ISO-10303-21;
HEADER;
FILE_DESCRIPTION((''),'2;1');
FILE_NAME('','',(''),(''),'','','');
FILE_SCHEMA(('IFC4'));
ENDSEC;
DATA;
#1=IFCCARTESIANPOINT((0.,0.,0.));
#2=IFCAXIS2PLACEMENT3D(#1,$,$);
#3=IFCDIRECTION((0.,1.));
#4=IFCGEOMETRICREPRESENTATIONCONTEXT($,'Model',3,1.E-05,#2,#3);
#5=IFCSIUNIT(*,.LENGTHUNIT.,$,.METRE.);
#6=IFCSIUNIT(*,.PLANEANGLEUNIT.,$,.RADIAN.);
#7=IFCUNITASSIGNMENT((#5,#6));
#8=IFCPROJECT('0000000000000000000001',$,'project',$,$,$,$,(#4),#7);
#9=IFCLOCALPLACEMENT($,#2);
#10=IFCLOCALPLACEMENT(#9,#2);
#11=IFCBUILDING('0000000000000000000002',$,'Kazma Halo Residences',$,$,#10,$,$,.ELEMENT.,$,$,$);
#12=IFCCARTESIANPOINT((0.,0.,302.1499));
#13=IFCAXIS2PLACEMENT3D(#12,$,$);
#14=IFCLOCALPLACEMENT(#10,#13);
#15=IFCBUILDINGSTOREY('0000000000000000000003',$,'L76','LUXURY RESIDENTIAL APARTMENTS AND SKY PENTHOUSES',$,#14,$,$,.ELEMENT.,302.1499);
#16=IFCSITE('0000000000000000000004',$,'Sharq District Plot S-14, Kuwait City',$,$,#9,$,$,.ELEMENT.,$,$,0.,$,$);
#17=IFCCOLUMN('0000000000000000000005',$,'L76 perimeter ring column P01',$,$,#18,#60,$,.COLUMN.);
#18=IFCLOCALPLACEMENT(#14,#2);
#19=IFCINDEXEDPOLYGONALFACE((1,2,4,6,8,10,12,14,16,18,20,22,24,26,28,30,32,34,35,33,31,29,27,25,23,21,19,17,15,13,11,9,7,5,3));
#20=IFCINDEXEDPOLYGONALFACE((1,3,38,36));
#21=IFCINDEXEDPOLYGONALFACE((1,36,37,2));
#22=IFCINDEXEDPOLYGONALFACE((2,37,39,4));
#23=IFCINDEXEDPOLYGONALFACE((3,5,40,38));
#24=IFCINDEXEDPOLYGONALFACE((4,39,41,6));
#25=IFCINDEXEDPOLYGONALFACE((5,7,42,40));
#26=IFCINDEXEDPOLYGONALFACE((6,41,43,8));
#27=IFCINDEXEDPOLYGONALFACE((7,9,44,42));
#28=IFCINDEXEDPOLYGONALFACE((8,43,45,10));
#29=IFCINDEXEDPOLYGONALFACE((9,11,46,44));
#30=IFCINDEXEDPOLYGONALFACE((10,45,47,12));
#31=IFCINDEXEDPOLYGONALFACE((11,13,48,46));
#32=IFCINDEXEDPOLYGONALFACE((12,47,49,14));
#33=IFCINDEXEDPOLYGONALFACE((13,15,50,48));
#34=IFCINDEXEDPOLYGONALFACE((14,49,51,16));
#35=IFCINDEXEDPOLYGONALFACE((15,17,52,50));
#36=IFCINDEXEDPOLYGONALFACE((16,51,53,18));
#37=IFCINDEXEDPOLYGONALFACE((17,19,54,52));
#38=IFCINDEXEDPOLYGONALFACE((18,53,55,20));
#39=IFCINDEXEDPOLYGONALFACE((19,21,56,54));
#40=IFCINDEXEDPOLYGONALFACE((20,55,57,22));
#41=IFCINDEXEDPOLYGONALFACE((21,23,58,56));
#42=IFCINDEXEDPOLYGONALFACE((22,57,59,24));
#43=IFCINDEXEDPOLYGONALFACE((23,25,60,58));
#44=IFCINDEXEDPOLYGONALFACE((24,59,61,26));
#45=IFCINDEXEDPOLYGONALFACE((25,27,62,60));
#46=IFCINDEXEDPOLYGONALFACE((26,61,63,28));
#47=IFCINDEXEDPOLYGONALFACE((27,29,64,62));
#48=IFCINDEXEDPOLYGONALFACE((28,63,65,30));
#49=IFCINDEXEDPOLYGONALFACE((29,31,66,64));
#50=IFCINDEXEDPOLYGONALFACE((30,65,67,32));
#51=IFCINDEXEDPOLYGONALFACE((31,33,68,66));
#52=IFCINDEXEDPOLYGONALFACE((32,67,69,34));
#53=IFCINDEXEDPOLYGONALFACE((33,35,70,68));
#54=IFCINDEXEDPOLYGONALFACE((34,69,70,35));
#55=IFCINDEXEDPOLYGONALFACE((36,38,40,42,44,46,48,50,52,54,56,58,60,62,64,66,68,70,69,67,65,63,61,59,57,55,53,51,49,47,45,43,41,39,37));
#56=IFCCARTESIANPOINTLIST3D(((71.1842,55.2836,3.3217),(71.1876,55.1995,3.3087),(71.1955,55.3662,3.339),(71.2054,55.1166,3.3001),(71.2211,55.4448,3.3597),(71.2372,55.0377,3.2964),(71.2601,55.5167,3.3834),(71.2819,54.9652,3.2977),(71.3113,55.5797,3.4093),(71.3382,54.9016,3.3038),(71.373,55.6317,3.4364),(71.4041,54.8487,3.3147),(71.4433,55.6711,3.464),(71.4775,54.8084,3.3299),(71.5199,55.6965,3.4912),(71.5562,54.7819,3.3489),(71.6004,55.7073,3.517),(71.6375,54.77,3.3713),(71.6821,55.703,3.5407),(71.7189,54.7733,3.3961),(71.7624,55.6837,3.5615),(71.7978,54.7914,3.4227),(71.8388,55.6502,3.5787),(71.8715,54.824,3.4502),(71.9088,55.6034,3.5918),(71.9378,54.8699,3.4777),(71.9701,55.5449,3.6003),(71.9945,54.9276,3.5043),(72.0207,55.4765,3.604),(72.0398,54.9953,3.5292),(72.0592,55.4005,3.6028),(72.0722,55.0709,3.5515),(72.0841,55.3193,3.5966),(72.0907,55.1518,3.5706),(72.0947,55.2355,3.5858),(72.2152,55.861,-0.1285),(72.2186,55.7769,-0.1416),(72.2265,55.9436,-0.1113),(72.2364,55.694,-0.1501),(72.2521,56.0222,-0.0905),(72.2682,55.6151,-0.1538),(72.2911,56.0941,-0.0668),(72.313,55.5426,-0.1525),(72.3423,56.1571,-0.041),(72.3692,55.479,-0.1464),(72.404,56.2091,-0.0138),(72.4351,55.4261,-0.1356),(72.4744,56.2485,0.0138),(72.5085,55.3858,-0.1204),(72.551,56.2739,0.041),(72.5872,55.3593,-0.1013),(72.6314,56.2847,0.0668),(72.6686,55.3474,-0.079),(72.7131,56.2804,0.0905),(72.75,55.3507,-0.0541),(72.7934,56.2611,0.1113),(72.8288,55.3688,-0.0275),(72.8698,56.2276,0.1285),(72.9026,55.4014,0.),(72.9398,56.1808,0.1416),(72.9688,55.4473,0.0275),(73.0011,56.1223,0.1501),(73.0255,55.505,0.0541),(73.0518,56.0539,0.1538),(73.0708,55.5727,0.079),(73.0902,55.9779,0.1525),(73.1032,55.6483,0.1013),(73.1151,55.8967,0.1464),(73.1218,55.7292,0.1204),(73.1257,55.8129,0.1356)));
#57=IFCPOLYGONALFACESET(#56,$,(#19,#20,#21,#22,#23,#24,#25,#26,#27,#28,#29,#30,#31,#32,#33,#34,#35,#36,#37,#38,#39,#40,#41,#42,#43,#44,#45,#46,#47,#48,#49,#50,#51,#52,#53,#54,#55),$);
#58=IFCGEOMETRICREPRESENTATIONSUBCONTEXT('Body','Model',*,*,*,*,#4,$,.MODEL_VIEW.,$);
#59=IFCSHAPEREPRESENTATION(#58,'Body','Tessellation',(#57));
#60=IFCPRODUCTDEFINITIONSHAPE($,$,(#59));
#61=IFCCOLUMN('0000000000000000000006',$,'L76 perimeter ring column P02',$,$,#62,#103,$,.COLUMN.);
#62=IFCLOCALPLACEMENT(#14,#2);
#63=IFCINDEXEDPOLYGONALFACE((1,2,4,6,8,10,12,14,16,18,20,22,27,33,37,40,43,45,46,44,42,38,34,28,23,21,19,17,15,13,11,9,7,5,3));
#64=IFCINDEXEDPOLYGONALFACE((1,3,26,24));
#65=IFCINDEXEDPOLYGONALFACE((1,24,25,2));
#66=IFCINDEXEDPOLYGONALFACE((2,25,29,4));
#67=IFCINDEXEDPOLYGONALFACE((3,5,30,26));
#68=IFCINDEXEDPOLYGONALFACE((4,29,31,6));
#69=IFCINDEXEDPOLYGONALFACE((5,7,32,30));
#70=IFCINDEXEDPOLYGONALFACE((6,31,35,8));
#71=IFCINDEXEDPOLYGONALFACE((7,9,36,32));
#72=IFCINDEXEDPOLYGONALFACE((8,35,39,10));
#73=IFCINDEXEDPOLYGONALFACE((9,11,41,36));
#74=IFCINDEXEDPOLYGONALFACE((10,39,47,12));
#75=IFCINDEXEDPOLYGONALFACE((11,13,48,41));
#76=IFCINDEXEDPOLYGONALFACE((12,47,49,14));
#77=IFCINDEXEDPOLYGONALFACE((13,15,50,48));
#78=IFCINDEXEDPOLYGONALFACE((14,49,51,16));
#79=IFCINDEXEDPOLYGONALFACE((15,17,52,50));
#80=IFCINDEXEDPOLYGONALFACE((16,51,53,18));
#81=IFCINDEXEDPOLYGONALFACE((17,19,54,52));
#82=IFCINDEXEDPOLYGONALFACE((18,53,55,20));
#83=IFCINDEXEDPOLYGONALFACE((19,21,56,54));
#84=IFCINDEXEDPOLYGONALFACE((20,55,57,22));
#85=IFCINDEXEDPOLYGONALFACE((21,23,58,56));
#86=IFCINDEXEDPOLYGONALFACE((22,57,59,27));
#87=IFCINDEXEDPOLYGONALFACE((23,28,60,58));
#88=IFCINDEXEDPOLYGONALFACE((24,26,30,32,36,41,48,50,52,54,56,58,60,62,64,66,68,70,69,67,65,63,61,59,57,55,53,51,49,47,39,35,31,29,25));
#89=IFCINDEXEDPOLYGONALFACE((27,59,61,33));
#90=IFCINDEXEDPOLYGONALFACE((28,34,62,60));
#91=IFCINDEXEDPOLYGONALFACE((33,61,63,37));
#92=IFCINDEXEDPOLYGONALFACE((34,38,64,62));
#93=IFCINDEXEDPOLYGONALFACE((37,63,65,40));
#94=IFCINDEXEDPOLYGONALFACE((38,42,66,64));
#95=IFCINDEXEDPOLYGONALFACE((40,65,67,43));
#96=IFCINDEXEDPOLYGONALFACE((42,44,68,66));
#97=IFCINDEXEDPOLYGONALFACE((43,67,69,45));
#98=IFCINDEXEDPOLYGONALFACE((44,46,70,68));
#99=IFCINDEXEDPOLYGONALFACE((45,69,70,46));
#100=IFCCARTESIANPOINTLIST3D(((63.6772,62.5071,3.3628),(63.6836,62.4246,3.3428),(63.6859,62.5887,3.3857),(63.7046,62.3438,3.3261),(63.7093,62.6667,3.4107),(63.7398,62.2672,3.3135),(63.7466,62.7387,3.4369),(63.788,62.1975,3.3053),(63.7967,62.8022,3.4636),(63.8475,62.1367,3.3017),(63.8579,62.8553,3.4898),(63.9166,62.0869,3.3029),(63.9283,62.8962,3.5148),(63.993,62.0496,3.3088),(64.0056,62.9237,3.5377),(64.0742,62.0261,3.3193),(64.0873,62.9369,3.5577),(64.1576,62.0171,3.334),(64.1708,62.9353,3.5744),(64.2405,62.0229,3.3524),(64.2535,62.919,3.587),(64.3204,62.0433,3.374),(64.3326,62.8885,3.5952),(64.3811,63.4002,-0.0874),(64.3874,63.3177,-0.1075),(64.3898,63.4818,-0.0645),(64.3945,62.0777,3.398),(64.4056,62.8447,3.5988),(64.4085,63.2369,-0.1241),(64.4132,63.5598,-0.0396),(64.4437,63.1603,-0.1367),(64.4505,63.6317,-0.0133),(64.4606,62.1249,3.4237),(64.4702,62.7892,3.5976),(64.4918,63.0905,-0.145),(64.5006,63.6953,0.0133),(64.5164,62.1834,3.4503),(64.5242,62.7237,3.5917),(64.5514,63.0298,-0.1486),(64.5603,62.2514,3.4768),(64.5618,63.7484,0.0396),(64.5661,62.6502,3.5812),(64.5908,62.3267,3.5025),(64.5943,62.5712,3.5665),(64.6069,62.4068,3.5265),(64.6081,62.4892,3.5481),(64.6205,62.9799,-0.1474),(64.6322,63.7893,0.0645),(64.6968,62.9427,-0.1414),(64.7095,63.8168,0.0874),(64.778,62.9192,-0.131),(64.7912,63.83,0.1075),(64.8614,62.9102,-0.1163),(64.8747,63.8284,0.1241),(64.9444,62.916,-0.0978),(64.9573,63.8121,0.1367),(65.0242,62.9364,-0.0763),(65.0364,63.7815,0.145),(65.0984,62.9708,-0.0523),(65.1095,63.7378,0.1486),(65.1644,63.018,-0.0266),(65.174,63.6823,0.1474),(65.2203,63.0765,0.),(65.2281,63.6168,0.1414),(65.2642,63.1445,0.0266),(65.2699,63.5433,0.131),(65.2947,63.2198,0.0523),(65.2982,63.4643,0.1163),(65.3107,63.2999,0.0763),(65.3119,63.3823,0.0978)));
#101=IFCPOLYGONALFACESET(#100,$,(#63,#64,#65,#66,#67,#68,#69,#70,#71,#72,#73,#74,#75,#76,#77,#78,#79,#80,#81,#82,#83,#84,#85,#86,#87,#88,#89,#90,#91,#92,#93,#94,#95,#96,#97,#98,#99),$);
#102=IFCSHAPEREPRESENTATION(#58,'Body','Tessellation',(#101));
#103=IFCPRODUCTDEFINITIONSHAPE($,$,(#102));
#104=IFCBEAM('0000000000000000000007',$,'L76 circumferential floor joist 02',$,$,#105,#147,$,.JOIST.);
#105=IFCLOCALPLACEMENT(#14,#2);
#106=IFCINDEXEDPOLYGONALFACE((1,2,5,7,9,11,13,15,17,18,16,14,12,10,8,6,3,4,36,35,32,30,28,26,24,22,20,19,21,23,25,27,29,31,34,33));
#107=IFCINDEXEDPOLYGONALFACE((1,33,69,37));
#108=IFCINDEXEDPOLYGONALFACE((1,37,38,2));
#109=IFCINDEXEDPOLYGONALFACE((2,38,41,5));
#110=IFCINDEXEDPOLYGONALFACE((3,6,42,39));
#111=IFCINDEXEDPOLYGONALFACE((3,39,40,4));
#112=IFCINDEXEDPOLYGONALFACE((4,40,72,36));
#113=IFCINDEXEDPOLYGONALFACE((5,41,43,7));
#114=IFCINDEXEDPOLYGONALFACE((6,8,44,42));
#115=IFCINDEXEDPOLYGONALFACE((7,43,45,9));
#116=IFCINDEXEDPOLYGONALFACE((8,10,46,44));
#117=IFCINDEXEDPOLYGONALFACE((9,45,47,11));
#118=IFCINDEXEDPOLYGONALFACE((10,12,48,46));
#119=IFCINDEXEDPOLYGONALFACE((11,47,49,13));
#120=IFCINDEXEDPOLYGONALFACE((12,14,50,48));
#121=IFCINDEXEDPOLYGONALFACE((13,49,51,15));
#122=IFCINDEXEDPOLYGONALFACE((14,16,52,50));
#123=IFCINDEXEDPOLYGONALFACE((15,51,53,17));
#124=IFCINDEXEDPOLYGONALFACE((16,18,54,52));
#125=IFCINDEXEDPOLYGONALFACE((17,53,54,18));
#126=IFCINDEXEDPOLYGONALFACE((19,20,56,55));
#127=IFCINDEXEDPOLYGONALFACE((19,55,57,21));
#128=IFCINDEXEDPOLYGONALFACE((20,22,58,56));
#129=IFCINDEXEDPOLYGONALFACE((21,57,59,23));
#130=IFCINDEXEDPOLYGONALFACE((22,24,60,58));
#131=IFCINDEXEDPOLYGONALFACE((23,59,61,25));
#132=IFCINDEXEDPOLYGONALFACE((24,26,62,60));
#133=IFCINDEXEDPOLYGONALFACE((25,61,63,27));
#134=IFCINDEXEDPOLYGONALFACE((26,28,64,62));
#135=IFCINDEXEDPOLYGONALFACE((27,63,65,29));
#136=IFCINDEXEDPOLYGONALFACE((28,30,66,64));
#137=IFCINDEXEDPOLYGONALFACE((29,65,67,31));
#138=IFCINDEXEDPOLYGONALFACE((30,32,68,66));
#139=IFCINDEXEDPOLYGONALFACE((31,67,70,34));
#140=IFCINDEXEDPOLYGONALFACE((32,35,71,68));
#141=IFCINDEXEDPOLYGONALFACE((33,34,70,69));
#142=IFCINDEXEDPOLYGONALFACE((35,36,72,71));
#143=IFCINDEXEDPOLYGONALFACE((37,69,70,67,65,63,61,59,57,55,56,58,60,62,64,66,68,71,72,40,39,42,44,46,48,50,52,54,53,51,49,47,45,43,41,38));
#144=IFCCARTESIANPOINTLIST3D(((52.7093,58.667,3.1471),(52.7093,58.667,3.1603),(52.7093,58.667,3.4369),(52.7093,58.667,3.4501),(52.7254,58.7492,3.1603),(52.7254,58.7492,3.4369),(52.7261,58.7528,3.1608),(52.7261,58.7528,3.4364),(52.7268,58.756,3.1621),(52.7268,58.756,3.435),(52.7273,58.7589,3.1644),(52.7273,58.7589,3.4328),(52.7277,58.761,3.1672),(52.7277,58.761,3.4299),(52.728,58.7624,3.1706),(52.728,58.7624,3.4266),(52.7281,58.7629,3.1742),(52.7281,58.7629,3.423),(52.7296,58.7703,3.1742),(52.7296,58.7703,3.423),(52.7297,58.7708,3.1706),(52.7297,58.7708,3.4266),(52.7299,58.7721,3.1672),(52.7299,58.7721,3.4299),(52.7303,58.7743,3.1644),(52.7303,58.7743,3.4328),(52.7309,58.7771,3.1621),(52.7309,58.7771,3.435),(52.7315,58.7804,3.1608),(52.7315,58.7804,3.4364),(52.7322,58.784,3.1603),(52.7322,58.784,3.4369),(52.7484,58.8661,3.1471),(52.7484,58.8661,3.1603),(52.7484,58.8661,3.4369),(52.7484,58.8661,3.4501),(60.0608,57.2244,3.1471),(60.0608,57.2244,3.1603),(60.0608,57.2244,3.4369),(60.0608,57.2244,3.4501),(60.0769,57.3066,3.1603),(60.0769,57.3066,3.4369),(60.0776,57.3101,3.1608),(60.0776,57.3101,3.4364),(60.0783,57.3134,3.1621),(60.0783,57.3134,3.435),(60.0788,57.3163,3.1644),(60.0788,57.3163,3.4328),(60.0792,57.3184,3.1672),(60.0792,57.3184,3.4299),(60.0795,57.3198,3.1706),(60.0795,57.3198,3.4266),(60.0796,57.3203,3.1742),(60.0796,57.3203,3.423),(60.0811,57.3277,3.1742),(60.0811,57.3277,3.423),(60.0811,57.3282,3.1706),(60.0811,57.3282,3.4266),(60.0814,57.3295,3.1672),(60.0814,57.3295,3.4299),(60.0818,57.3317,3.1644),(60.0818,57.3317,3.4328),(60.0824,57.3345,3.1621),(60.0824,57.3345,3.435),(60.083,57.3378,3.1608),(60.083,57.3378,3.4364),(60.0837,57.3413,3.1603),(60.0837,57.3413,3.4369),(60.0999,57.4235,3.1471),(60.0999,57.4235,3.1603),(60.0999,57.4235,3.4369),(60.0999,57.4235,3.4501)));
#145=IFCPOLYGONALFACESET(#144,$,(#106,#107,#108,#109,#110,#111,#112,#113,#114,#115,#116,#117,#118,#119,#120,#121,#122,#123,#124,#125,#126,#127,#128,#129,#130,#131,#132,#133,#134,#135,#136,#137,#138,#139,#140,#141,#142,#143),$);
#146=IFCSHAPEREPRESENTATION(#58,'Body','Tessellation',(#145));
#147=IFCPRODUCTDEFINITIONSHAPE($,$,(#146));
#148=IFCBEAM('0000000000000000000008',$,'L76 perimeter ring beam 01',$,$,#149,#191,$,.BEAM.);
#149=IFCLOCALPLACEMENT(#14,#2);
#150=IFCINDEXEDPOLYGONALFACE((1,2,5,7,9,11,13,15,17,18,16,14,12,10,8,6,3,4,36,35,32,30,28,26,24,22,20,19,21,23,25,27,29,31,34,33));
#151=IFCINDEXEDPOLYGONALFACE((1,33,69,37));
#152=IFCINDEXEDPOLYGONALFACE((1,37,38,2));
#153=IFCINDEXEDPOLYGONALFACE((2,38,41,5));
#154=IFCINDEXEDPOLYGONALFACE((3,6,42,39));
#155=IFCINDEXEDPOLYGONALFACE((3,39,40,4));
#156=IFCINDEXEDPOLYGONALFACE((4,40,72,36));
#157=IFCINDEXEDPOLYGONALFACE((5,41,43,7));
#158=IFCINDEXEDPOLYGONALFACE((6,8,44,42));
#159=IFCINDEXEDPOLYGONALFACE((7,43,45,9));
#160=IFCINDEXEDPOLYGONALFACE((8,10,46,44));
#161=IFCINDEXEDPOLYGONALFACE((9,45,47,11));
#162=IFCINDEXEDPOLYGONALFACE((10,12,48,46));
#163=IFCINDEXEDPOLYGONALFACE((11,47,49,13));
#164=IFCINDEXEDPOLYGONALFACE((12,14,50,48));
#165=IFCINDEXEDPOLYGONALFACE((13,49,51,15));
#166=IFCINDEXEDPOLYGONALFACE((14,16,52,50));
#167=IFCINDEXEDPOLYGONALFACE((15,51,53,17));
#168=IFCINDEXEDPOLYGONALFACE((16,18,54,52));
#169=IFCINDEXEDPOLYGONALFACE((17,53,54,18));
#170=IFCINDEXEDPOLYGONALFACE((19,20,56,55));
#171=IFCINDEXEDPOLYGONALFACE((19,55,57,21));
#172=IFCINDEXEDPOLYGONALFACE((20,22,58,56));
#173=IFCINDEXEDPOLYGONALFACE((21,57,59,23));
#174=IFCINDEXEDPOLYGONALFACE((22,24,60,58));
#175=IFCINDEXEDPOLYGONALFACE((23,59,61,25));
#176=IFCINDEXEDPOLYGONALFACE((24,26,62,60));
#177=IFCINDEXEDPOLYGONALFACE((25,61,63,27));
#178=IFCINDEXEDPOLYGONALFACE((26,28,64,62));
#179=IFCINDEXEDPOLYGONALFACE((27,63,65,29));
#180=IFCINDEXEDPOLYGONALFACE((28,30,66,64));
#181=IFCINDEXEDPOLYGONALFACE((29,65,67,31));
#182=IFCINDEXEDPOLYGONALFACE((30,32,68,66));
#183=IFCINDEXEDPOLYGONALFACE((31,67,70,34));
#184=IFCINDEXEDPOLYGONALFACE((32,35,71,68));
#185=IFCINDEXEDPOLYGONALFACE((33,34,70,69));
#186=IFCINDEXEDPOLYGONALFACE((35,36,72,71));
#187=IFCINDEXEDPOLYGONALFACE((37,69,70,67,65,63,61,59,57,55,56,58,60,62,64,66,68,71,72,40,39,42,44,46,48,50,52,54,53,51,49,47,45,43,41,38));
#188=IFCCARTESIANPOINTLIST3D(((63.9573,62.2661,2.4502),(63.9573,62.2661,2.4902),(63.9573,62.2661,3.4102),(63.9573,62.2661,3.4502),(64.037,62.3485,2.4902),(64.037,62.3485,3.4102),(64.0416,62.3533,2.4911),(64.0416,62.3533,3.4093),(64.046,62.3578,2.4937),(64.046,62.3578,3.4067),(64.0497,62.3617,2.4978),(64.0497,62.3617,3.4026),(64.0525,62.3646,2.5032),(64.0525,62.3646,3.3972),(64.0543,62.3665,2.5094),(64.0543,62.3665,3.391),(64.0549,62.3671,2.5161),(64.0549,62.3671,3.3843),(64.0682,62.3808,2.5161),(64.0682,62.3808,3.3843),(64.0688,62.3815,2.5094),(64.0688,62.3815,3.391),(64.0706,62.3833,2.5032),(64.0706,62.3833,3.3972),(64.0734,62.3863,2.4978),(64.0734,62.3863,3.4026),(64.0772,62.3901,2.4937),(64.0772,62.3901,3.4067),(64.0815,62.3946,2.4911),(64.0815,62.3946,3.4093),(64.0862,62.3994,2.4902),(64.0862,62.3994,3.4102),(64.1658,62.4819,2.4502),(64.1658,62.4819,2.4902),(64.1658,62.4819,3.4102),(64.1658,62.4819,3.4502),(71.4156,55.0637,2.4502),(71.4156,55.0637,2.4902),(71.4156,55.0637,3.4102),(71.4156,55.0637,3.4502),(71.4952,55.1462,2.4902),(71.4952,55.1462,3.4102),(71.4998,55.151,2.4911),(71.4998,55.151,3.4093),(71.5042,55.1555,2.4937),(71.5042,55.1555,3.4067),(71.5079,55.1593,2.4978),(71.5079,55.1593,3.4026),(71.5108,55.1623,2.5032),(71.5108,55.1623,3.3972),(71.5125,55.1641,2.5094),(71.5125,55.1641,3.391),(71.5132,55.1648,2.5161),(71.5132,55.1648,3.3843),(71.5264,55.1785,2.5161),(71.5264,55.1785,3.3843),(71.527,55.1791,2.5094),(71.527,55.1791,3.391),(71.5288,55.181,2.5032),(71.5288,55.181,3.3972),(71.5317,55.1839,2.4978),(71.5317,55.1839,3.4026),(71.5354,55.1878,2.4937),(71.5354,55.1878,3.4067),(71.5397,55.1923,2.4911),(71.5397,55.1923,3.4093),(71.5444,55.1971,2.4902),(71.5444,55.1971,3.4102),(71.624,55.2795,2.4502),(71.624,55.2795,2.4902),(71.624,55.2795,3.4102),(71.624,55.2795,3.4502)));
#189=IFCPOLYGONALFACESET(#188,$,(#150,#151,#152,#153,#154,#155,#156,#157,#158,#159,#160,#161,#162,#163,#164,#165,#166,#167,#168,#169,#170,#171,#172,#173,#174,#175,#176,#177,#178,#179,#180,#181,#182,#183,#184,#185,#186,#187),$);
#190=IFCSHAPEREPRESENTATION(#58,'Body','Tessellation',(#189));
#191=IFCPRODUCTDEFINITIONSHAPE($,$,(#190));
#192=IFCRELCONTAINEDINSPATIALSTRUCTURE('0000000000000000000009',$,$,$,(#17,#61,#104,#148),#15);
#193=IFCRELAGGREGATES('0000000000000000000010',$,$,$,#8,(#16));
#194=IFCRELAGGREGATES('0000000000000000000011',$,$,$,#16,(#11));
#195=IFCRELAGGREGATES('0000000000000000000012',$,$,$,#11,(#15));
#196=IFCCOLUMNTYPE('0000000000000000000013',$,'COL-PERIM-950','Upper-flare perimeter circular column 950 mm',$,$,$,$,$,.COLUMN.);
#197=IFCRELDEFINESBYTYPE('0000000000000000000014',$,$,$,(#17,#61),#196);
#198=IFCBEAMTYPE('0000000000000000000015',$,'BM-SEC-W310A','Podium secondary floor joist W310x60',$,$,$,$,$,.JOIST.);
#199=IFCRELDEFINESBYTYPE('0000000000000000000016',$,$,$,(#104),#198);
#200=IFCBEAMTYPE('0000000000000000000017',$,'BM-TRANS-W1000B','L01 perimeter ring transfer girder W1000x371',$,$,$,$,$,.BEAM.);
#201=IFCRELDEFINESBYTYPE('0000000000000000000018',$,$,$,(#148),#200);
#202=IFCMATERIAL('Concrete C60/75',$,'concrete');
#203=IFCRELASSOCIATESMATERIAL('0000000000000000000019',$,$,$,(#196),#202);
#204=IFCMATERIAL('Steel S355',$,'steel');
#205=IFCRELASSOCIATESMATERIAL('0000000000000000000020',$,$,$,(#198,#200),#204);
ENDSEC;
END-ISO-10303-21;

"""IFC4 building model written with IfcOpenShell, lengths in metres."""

from ifc_helpers import new_model, si_unit, direction, frame, origin, origin_2d, place, context, subcontext, project, spatial, circle, i_section, extrude, material, material_profile, profile_set, type_object, element, save


model = new_model("IFC4")

# Units and contexts
model_context = context("Model", 3, precision=1e-05, world=origin(), true_north=direction((0.0, 1.0)))
body_context = subcontext(model_context, "Body", "Model", "MODEL_VIEW")
ifc_project = project(units=[si_unit("LENGTHUNIT", "METRE"), si_unit("PLANEANGLEUNIT", "RADIAN")], contexts=[model_context])

# Site, building, storey
site_placement = place(None, origin())
site = spatial("IfcSite", under=ifc_project, at=site_placement, Name="Sharq District Plot S-14, Kuwait City", CompositionType="ELEMENT", RefElevation=0.0)
building_placement = place(site_placement, origin())
building = spatial("IfcBuilding", under=site, at=building_placement, Name="Kazma Halo Residences", CompositionType="ELEMENT")
storey_placement = place(building_placement, frame((0.0, 0.0, 302.1499)))
storey = spatial("IfcBuildingStorey", under=building, at=storey_placement, Name="L76", Description="LUXURY RESIDENTIAL APARTMENTS AND SKY PENTHOUSES", CompositionType="ELEMENT", Elevation=302.1499)

# Columns
ifc_material_1 = material(Name="Concrete C60/75", Category="concrete")
ifc_material_profile_1 = material_profile(ifc_material_1, circle(Radius=0.4751, at=origin_2d()), Name="CIRC950")
ifc_profile_set_1 = profile_set([ifc_material_profile_1], Name="Concrete C60/75")
column_type = type_object("IfcColumnType", Name="COL-PERIM-950", Description="Upper-flare perimeter circular column 950 mm", PredefinedType="COLUMN", material=ifc_profile_set_1)
column_1_placement = place(storey_placement, frame((72.6704, 55.8159, 0.0), z_axis=(-0.282704, -0.158322, 0.946051), x_axis=(0.488622, -0.872495, 0.0)))
element("IfcColumn", 1, at=column_1_placement, inside=storey, type_object=column_type, Name="L76 perimeter ring column P01", PredefinedType="COLUMN", context=body_context, shape_type="SweptSolid", body=[
    extrude(circle(Radius=0.4751, at=origin_2d()), origin(), (0.0, 0.0, 1.0), 3.647),
])
column_2_placement = place(storey_placement, frame((64.8472, 63.3706, 0.0), z_axis=(-0.193754, -0.245838, 0.949749), x_axis=(0.785394, -0.618997, 0.0)))
element("IfcColumn", 2, at=column_2_placement, inside=storey, type_object=column_type, Name="L76 perimeter ring column P02", PredefinedType="COLUMN", context=body_context, shape_type="SweptSolid", body=[
    extrude(circle(Radius=0.4751, at=origin_2d()), origin(), (0.0, 0.0, 1.0), 3.6328),
])

# Beams
ifc_material_2 = material(Name="Steel S355", Category="steel")
ifc_material_profile_2 = material_profile(ifc_material_2, i_section(OverallWidth=0.2029, OverallDepth=0.303, WebThickness=0.0076, FlangeThickness=0.0132, FilletRadius=0.0139, at=origin_2d()), Name="W310x60")
ifc_profile_set_2 = profile_set([ifc_material_profile_2], Name="Steel S355")
beam_type_1 = type_object("IfcBeamType", Name="BM-SEC-W310A", Description="Podium secondary floor joist W310x60", PredefinedType="JOIST", material=ifc_profile_set_2)
beam_1_placement = place(storey_placement, frame((60.0803, 57.324, 3.2986), z_axis=(-0.981285, 0.192562, 0.0), x_axis=(-0.192562, -0.981285, 0.0)))
element("IfcBeam", 3, at=beam_1_placement, inside=storey, type_object=beam_type_1, Name="L76 circumferential floor joist 02", PredefinedType="JOIST", context=body_context, shape_type="SweptSolid", body=[
    extrude(i_section(OverallWidth=0.2029, OverallDepth=0.303, WebThickness=0.0076, FlangeThickness=0.0132, FilletRadius=0.0139, at=origin_2d()), origin(), (0.0, 0.0, 1.0), 7.4917),
])
ifc_material_profile_3 = material_profile(ifc_material_2, i_section(OverallWidth=0.3, OverallDepth=1.0, WebThickness=0.019, FlangeThickness=0.04, FilletRadius=0.0259, at=origin_2d()), Name="W1000x371")
ifc_profile_set_3 = profile_set([ifc_material_profile_3], Name="Steel S355")
beam_type_2 = type_object("IfcBeamType", Name="BM-TRANS-W1000B", Description="L01 perimeter ring transfer girder W1000x371", PredefinedType="BEAM", material=ifc_profile_set_3)
beam_2_placement = place(storey_placement, frame((71.5198, 55.1716, 2.9502), z_axis=(-0.719338, 0.69466, 0.0), x_axis=(-0.69466, -0.719338, 0.0)))
element("IfcBeam", 4, at=beam_2_placement, inside=storey, type_object=beam_type_2, Name="L76 perimeter ring beam 01", PredefinedType="BEAM", context=body_context, shape_type="SweptSolid", body=[
    extrude(i_section(OverallWidth=0.3, OverallDepth=1.0, WebThickness=0.019, FlangeThickness=0.04, FilletRadius=0.0259, at=origin_2d()), origin(), (0.0, 0.0, 1.0), 10.3682),
])

save(model, "model.ifc")
